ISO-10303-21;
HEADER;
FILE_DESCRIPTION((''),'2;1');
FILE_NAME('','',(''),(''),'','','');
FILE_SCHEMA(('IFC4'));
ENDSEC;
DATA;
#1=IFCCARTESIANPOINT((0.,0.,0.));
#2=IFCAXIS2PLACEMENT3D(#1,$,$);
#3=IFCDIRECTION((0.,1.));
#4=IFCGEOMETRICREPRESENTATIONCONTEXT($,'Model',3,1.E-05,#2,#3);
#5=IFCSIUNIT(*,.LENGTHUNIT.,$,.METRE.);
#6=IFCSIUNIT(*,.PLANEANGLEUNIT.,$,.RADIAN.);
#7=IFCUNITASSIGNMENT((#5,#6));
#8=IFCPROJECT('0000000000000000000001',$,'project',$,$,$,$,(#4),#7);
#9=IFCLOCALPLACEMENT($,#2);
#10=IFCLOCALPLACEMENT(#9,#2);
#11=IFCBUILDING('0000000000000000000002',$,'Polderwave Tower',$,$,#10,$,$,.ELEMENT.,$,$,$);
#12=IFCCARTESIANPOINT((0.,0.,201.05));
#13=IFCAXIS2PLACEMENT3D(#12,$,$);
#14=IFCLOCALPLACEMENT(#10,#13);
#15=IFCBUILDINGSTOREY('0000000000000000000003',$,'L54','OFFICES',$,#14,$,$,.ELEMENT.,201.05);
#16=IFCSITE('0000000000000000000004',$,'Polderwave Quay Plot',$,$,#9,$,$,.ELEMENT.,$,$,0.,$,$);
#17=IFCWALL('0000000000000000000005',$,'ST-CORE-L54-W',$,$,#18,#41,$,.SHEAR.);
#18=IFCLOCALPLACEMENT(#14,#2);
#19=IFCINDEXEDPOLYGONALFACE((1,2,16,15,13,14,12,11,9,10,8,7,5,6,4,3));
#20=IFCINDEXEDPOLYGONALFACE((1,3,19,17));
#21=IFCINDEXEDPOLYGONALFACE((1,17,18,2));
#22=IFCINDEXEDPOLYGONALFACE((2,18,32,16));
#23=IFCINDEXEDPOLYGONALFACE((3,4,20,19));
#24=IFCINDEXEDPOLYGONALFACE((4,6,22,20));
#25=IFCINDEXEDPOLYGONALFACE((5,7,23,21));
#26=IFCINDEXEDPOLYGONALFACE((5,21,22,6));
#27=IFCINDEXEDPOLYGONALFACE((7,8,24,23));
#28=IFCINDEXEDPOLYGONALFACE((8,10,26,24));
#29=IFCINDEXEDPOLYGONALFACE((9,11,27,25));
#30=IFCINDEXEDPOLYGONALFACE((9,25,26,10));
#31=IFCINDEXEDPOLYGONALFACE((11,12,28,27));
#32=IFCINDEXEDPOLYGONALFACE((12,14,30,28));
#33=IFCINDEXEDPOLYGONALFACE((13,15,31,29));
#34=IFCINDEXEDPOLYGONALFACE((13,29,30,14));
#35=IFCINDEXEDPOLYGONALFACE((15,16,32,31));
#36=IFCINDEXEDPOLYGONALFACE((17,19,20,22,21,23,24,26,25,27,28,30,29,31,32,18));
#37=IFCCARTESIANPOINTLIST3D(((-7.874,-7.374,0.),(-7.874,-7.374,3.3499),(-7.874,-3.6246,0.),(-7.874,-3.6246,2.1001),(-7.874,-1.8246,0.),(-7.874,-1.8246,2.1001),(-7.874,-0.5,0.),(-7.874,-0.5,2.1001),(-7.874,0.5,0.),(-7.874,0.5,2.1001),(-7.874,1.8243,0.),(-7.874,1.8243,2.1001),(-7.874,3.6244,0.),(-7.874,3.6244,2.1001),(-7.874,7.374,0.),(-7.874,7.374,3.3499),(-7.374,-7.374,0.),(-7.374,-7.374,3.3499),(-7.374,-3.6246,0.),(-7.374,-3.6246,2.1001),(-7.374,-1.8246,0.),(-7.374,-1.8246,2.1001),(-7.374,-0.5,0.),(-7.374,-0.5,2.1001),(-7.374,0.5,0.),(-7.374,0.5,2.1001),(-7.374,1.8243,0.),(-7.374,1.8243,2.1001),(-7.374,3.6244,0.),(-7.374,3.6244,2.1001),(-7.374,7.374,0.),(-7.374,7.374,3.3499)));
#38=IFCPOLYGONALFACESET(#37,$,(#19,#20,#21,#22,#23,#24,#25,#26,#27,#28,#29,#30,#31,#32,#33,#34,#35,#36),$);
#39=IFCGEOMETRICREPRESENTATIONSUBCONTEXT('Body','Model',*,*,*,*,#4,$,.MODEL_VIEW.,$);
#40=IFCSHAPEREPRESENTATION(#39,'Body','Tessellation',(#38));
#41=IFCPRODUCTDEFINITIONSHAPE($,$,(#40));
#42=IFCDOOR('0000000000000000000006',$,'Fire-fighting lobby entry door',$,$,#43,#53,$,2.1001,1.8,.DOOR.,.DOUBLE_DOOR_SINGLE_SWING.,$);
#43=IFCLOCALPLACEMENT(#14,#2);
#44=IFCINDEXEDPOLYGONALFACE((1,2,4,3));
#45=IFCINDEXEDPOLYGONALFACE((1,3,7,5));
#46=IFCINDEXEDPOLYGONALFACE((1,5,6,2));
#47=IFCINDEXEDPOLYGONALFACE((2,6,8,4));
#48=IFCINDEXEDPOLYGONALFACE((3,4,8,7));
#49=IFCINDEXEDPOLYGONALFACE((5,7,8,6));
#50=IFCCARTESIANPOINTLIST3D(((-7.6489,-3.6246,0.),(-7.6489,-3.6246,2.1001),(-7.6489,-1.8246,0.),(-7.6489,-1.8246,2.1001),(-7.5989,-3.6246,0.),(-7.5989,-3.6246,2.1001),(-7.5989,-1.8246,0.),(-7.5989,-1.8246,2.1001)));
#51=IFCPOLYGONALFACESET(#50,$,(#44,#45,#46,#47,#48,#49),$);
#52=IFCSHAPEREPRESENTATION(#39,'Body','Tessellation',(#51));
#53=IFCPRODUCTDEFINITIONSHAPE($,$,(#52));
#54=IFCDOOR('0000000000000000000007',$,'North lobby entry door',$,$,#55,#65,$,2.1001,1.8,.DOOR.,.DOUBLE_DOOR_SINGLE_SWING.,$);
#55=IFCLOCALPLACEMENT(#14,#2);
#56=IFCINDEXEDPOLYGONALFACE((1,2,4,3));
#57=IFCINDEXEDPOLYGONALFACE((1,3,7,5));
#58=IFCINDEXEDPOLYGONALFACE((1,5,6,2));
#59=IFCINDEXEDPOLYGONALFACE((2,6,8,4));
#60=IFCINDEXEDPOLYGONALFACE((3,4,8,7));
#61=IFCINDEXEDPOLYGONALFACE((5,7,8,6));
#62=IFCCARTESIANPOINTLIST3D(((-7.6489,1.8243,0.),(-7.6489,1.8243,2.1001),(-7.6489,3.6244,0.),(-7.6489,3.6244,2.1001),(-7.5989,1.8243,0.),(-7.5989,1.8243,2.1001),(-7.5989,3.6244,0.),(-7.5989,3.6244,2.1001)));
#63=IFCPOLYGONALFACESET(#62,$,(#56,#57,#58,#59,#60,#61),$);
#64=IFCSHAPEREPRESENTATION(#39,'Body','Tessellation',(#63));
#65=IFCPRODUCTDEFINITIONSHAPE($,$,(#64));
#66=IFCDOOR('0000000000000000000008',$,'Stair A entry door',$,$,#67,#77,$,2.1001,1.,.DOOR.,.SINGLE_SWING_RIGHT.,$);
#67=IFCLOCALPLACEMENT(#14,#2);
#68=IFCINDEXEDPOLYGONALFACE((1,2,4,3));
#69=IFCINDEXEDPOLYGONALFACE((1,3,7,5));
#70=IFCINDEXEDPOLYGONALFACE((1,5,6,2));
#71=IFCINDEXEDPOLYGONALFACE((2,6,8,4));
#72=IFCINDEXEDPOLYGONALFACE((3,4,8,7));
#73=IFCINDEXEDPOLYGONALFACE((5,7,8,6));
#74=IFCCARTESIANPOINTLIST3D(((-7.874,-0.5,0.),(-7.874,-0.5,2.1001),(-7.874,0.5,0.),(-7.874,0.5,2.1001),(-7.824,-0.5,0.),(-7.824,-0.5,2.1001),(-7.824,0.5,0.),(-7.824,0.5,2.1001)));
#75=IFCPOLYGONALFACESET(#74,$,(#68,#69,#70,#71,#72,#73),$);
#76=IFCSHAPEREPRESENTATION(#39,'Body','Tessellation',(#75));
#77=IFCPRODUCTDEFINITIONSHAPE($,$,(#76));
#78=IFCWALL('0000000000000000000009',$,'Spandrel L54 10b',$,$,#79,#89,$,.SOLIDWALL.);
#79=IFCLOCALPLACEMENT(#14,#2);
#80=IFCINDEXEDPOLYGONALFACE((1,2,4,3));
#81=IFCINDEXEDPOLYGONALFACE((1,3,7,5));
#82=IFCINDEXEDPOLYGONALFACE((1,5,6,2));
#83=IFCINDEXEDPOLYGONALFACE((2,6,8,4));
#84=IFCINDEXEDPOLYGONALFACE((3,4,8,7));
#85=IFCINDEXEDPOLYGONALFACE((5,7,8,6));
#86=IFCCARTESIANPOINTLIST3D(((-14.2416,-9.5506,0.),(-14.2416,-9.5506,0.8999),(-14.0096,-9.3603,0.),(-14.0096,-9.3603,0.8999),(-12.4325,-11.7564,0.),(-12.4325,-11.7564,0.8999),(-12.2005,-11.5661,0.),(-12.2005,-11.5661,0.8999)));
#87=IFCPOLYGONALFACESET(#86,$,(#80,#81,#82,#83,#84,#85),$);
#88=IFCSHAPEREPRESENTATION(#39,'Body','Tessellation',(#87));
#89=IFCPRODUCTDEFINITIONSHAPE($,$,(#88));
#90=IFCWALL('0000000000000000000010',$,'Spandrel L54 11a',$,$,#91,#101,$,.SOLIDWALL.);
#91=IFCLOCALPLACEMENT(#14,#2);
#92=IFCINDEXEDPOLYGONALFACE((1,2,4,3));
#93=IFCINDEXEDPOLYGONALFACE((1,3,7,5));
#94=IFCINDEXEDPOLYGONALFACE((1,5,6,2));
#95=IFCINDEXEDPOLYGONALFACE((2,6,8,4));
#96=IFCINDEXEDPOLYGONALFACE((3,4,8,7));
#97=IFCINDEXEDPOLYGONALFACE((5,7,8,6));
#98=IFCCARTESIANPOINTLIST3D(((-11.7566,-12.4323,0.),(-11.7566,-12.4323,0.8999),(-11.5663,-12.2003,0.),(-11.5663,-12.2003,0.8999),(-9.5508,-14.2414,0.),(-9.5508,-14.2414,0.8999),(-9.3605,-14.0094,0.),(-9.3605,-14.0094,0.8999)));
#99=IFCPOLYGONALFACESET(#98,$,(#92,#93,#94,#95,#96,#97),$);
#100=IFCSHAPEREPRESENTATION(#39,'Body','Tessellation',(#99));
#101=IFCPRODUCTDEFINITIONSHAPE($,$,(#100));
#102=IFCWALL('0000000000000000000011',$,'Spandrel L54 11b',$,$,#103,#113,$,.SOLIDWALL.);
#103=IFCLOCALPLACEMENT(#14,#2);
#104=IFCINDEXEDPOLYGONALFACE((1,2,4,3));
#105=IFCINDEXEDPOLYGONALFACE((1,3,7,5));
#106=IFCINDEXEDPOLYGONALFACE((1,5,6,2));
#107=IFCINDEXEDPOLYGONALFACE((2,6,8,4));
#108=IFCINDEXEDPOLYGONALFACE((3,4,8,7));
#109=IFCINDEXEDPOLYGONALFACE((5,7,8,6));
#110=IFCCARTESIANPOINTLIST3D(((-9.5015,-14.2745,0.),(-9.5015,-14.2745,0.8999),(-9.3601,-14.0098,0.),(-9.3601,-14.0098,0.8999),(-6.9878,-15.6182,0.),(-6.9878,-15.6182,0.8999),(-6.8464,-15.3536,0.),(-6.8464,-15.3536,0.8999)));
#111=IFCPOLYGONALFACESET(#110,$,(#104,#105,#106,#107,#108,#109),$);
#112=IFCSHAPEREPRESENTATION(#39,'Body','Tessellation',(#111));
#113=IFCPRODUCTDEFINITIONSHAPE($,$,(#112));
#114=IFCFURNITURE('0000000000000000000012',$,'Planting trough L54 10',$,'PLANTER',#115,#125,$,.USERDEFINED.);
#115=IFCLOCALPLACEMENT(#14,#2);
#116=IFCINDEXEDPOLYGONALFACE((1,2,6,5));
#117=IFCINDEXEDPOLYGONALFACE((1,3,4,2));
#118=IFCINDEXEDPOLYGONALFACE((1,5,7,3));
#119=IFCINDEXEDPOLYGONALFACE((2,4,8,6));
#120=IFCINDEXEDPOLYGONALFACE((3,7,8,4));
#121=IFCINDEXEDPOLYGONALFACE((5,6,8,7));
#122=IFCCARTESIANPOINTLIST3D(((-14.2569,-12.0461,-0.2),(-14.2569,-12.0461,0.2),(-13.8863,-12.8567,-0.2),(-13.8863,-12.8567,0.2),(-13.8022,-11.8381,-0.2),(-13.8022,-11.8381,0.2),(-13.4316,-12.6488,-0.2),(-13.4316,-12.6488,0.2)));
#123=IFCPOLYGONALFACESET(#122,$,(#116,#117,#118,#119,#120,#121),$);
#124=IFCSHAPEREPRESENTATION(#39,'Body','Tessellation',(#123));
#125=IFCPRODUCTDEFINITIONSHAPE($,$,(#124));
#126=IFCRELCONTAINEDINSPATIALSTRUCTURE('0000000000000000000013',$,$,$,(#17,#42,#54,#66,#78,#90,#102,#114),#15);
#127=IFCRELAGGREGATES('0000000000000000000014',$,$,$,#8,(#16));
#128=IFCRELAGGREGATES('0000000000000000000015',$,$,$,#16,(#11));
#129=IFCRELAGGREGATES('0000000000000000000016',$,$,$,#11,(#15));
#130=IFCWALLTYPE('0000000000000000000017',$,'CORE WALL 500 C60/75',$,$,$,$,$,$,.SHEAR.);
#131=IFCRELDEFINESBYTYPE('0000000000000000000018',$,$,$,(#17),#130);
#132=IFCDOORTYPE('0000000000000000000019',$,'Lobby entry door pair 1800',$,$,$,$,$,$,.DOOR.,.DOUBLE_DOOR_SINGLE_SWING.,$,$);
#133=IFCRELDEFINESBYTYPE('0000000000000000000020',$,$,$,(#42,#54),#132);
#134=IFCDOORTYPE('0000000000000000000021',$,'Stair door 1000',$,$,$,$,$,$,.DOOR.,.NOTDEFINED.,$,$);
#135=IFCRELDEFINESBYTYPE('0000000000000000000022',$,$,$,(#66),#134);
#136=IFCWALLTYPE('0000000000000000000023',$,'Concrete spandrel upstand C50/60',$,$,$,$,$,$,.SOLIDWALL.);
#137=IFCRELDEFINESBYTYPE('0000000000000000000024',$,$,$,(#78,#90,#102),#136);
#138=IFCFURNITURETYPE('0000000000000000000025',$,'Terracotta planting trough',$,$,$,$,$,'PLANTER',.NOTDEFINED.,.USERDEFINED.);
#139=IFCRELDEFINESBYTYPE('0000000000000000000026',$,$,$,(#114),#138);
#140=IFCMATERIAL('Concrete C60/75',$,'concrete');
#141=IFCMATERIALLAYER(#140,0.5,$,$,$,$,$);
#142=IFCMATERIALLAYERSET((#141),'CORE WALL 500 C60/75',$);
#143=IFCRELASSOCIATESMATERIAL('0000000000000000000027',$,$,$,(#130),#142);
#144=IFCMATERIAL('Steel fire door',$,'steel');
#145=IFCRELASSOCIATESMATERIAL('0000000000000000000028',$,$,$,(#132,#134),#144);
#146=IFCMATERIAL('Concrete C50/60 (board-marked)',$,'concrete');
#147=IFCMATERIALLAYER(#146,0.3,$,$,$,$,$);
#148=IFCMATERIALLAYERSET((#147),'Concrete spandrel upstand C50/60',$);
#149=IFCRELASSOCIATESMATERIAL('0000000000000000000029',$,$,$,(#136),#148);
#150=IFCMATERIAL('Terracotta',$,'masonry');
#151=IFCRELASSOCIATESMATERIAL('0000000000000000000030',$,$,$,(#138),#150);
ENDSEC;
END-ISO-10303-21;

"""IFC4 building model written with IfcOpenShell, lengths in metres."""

from ifc_helpers import new_model, si_unit, direction, frame, frame_2d, origin, origin_2d, place, context, subcontext, project, spatial, rectangle, extrude, material, layer, layer_set, type_object, element, fill, save


model = new_model("IFC4")

# Units and contexts
model_context = context("Model", 3, precision=1e-05, world=origin(), true_north=direction((0.0, 1.0)))
body_context = subcontext(model_context, "Body", "Model", "MODEL_VIEW")
ifc_project = project(units=[si_unit("LENGTHUNIT", "METRE"), si_unit("PLANEANGLEUNIT", "RADIAN")], contexts=[model_context])

# Site, building, storey
site_placement = place(None, origin())
site = spatial("IfcSite", under=ifc_project, at=site_placement, Name="Polderwave Quay Plot", CompositionType="ELEMENT", RefElevation=0.0)
building_placement = place(site_placement, origin())
building = spatial("IfcBuilding", under=site, at=building_placement, Name="Polderwave Tower", CompositionType="ELEMENT")
storey_placement = place(building_placement, frame((0.0, 0.0, 201.05)))
storey = spatial("IfcBuildingStorey", under=building, at=storey_placement, Name="L54", Description="OFFICES", CompositionType="ELEMENT", Elevation=201.05)

# Shared definitions
ifc_material_1 = material(Name="Concrete C60/75", Category="concrete")

# Shared definitions
ifc_layer_1 = layer(ifc_material_1, 0.5)
ifc_layer_set_1 = layer_set([ifc_layer_1], Name="CORE WALL 500 C60/75")
wall_type_1 = type_object("IfcWallType", Name="CORE WALL 500 C60/75", PredefinedType="SHEAR", material=ifc_layer_set_1)

# Wall, openings, doors
wall_1_placement = place(storey_placement, frame((-7.624, -7.374, 0.0), z_axis=(0.0, 0.0, 1.0), x_axis=(0.0, 1.0, 0.0)))
wall_1 = element("IfcWall", 1, at=wall_1_placement, inside=storey, type_object=wall_type_1, Name="ST-CORE-L54-W", PredefinedType="SHEAR", context=body_context, shape_type="SweptSolid", body=[
    extrude(rectangle(XDim=14.748, YDim=0.5, at=frame_2d((7.374, 0.0))), origin(), (0.0, 0.0, 1.0), 3.3499),
])
opening_1_placement = place(wall_1_placement, frame((6.874, 0.0, 0.0)))
opening_1 = element("IfcOpeningElement", 2, at=opening_1_placement, cuts=wall_1, PredefinedType="OPENING", context=body_context, shape_type="SweptSolid", body=[
    extrude(rectangle(XDim=1.0, YDim=2.1001, at=frame_2d((0.5, 1.05))), frame((0.0, 0.26, 0.0), z_axis=(0.0, -1.0, 0.0), x_axis=(1.0, 0.0, 0.0)), (0.0, 0.0, 1.0), 0.52),
])
opening_2_placement = place(wall_1_placement, frame((3.7495, 0.0, 0.0)))
opening_2 = element("IfcOpeningElement", 3, at=opening_2_placement, cuts=wall_1, PredefinedType="OPENING", context=body_context, shape_type="SweptSolid", body=[
    extrude(rectangle(XDim=1.8, YDim=2.1001, at=frame_2d((0.8999, 1.05))), frame((0.0, 0.26, 0.0), z_axis=(0.0, -1.0, 0.0), x_axis=(1.0, 0.0, 0.0)), (0.0, 0.0, 1.0), 0.52),
])
opening_3_placement = place(wall_1_placement, frame((9.1985, 0.0, 0.0)))
opening_3 = element("IfcOpeningElement", 4, at=opening_3_placement, cuts=wall_1, PredefinedType="OPENING", context=body_context, shape_type="SweptSolid", body=[
    extrude(rectangle(XDim=1.8, YDim=2.1001, at=frame_2d((0.8999, 1.05))), frame((0.0, 0.26, 0.0), z_axis=(0.0, -1.0, 0.0), x_axis=(1.0, 0.0, 0.0)), (0.0, 0.0, 1.0), 0.52),
])
ifc_material_2 = material(Name="Steel fire door", Category="steel")
door_type_1 = type_object("IfcDoorType", Name="Lobby entry door pair 1800", OperationType="DOUBLE_DOOR_SINGLE_SWING", PredefinedType="DOOR", material=ifc_material_2)
door_1_placement = place(opening_2_placement, origin())
door_1 = element("IfcDoor", 5, at=door_1_placement, inside=storey, type_object=door_type_1, Name="Fire-fighting lobby entry door", OperationType="DOUBLE_DOOR_SINGLE_SWING", OverallHeight=2.1001, OverallWidth=1.8, PredefinedType="DOOR", context=body_context, shape_type="SweptSolid", body=[
    extrude(rectangle(XDim=1.8, YDim=2.1001, at=frame_2d((0.8999, 1.05))), frame((0.0, 0.0249, 0.0), z_axis=(0.0, -1.0, 0.0), x_axis=(1.0, 0.0, 0.0)), (0.0, 0.0, 1.0), 0.05),
])
fill(opening_2, door_1)
door_2_placement = place(opening_3_placement, origin())
door_2 = element("IfcDoor", 6, at=door_2_placement, inside=storey, type_object=door_type_1, Name="North lobby entry door", OperationType="DOUBLE_DOOR_SINGLE_SWING", OverallHeight=2.1001, OverallWidth=1.8, PredefinedType="DOOR", context=body_context, shape_type="SweptSolid", body=[
    extrude(rectangle(XDim=1.8, YDim=2.1001, at=frame_2d((0.8999, 1.05))), frame((0.0, 0.0249, 0.0), z_axis=(0.0, -1.0, 0.0), x_axis=(1.0, 0.0, 0.0)), (0.0, 0.0, 1.0), 0.05),
])
fill(opening_3, door_2)
door_type_2 = type_object("IfcDoorType", Name="Stair door 1000", OperationType="NOTDEFINED", PredefinedType="DOOR", material=ifc_material_2)
door_3_placement = place(opening_1_placement, origin())
door_3 = element("IfcDoor", 7, at=door_3_placement, inside=storey, type_object=door_type_2, Name="Stair A entry door", OperationType="SINGLE_SWING_RIGHT", OverallHeight=2.1001, OverallWidth=1.0, PredefinedType="DOOR", context=body_context, shape_type="SweptSolid", body=[
    extrude(rectangle(XDim=1.0, YDim=2.1001, at=frame_2d((0.5, 1.05))), frame((0.0, 0.25, 0.0), z_axis=(0.0, -1.0, 0.0), x_axis=(1.0, 0.0, 0.0)), (0.0, 0.0, 1.0), 0.05),
])
fill(opening_1, door_3)

# Walls
ifc_material_3 = material(Name="Concrete C50/60 (board-marked)", Category="concrete")
ifc_layer_2 = layer(ifc_material_3, 0.3)
ifc_layer_set_2 = layer_set([ifc_layer_2], Name="Concrete spandrel upstand C50/60")
wall_type_2 = type_object("IfcWallType", Name="Concrete spandrel upstand C50/60", PredefinedType="SOLIDWALL", material=ifc_layer_set_2)
for number, where, z_axis, x_axis, name in (
    (8, (-14.1255, -9.4556, 0.0), (0.0, 0.0, 1.0), (0.634146, -0.773213, 0.0), "Spandrel L54 10b"),
    (9, (-11.6614, -12.3164, 0.0), (0.0, 0.0, 1.0), (0.773213, -0.634146, 0.0), "Spandrel L54 11a"),
):
    element("IfcWall", number, at=place(storey_placement, frame(where, z_axis=z_axis, x_axis=x_axis)), inside=storey, type_object=wall_type_2, Name=name, PredefinedType="SOLIDWALL", context=body_context, shape_type="SweptSolid", body=[
        extrude(rectangle(XDim=2.8528, YDim=0.3, at=frame_2d((1.4263, 0.0))), origin(), (0.0, 0.0, 1.0), 0.8999),
    ])
wall_2_placement = place(storey_placement, frame((-9.4309, -14.1421, 0.0), z_axis=(0.0, 0.0, 1.0), x_axis=(0.881897, -0.471442, 0.0)))
element("IfcWall", 10, at=wall_2_placement, inside=storey, type_object=wall_type_2, Name="Spandrel L54 11b", PredefinedType="SOLIDWALL", context=body_context, shape_type="SweptSolid", body=[
    extrude(rectangle(XDim=2.8503, YDim=0.3, at=frame_2d((1.4253, 0.0))), origin(), (0.0, 0.0, 1.0), 0.8999),
])

# Furniture
ifc_material_4 = material(Name="Terracotta", Category="masonry")
furniture_type = type_object("IfcFurnitureType", Name="Terracotta planting trough", ElementType="PLANTER", AssemblyPlace="NOTDEFINED", PredefinedType="USERDEFINED", material=ifc_material_4)
furniture_placement = place(storey_placement, frame((-13.8442, -12.3474, -0.2), z_axis=(0.0, 0.0, 1.0), x_axis=(0.415832, -0.909442, 0.0)))
element("IfcFurniture", 11, at=furniture_placement, inside=storey, type_object=furniture_type, Name="Planting trough L54 10", ObjectType="PLANTER", PredefinedType="USERDEFINED", context=body_context, shape_type="SweptSolid", body=[
    extrude(rectangle(XDim=0.8914, YDim=0.5, at=origin_2d()), origin(), (0.0, 0.0, 1.0), 0.3999),
])

save(model, "model.ifc")
